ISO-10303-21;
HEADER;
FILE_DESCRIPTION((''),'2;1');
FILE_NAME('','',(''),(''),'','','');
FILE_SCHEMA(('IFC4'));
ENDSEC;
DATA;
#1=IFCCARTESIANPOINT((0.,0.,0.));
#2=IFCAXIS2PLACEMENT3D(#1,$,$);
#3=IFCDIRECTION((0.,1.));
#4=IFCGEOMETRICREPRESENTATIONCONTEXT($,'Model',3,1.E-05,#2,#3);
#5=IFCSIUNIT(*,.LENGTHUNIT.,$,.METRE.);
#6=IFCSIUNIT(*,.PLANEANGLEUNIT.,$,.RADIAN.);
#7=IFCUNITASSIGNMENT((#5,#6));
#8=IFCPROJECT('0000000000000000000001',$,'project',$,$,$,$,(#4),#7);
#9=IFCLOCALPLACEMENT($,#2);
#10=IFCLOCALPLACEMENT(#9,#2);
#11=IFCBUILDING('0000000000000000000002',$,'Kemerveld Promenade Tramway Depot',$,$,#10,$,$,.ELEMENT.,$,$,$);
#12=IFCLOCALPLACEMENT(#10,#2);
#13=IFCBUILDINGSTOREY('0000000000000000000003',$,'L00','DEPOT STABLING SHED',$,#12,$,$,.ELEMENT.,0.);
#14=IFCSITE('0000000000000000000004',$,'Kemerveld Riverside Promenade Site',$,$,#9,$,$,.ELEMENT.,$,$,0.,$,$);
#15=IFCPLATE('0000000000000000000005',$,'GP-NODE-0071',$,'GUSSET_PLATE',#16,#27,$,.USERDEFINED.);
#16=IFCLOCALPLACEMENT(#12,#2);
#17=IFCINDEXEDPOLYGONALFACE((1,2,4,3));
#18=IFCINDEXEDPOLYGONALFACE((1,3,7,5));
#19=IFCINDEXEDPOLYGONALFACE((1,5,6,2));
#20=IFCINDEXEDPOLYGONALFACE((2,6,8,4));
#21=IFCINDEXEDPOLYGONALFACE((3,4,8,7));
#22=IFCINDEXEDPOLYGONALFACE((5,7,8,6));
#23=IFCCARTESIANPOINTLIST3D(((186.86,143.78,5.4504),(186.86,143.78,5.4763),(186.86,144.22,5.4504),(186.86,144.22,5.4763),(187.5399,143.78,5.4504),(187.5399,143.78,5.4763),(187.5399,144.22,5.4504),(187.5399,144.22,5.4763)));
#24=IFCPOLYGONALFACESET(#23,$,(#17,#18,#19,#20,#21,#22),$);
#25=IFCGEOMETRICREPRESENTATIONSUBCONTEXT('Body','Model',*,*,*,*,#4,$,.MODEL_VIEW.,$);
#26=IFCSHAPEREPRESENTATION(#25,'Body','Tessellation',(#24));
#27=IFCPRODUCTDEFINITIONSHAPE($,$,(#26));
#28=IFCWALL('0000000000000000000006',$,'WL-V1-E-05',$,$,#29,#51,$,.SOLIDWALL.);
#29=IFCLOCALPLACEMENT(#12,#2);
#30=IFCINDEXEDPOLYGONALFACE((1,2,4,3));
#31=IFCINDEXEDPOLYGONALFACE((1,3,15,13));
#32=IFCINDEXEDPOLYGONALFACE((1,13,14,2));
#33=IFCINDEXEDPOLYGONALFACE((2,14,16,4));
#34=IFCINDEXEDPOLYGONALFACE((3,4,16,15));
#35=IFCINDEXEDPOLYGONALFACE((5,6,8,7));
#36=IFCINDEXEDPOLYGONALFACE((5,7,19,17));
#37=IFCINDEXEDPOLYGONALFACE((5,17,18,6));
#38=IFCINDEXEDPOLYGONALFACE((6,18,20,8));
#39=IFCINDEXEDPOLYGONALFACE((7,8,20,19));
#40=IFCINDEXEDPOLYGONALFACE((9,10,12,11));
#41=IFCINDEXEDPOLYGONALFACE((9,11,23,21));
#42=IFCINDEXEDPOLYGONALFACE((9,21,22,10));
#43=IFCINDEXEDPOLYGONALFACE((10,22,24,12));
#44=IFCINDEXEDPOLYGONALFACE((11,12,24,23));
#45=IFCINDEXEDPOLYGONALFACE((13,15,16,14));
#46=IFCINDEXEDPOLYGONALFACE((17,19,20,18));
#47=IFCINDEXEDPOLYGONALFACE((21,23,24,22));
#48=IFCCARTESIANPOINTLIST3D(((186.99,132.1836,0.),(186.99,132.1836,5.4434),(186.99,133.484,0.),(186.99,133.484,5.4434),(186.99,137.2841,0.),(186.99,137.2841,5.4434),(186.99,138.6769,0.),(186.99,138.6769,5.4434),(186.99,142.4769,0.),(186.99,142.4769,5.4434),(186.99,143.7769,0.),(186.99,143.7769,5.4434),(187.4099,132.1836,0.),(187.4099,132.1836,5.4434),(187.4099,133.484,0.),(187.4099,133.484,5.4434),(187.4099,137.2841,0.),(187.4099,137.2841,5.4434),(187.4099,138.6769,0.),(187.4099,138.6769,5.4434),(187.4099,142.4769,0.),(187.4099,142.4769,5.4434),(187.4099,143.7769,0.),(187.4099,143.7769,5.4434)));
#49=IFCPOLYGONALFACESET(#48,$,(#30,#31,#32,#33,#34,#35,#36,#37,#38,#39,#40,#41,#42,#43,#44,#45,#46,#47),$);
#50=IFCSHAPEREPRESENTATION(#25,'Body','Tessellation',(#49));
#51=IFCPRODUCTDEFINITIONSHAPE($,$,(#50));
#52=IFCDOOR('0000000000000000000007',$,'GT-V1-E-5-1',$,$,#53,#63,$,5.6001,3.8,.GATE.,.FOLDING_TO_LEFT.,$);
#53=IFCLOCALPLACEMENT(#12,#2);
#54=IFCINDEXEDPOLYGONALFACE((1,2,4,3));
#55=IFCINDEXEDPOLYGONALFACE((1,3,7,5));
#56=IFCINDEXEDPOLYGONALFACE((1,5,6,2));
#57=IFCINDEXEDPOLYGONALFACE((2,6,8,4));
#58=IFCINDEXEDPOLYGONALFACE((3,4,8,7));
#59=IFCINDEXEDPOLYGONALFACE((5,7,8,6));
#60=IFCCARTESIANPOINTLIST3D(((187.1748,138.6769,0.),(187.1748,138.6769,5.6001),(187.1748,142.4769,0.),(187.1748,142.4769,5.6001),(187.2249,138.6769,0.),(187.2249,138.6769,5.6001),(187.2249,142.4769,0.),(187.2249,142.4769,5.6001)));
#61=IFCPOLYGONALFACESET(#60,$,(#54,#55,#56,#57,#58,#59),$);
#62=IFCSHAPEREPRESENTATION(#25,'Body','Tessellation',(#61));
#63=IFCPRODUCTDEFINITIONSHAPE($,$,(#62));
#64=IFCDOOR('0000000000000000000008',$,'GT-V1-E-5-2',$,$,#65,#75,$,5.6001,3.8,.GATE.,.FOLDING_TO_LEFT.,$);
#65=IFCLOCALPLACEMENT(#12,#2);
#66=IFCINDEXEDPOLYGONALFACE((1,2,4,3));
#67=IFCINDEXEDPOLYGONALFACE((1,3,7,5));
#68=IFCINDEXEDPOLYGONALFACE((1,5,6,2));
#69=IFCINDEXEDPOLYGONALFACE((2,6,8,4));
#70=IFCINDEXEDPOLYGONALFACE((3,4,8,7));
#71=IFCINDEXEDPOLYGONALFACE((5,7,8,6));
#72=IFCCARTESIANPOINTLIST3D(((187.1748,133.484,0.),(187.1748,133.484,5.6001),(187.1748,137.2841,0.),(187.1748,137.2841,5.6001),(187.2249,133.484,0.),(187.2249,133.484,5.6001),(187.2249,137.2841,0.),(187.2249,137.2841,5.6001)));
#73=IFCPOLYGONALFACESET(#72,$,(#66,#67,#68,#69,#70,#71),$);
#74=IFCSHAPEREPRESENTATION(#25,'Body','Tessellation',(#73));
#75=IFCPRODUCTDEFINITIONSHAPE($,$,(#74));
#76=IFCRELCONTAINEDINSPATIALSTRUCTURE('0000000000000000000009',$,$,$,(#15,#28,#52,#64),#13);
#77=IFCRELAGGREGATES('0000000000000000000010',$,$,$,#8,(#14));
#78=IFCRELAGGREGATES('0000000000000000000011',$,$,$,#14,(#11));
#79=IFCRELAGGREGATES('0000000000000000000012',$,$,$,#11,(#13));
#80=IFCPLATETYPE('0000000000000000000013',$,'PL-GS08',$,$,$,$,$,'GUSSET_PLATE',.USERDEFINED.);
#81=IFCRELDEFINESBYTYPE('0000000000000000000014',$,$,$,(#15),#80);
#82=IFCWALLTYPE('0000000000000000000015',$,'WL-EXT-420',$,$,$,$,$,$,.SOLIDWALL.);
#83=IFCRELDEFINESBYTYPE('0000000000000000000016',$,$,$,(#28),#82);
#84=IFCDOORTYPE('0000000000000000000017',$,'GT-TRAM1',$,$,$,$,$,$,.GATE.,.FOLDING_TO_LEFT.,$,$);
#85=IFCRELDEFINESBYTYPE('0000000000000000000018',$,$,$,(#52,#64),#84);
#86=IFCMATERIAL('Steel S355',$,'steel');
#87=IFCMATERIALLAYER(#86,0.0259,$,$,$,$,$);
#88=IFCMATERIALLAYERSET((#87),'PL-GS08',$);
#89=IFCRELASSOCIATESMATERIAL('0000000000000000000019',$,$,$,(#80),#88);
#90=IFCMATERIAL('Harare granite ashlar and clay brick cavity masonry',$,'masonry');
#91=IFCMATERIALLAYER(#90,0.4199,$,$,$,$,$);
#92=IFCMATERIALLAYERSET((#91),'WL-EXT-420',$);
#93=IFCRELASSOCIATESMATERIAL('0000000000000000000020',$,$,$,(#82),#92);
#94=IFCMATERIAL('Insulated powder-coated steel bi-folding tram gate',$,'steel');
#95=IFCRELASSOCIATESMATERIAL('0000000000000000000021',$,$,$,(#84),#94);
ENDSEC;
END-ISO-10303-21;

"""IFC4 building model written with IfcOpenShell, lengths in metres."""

from ifc_helpers import new_model, si_unit, direction, frame, frame_2d, origin, origin_2d, place, context, subcontext, project, spatial, rectangle, extrude, material, layer, layer_set, type_object, element, fill, save


model = new_model("IFC4")

# Units and contexts
model_context = context("Model", 3, precision=1e-05, world=origin(), true_north=direction((0.0, 1.0)))
body_context = subcontext(model_context, "Body", "Model", "MODEL_VIEW")
ifc_project = project(units=[si_unit("LENGTHUNIT", "METRE"), si_unit("PLANEANGLEUNIT", "RADIAN")], contexts=[model_context])

# Site, building, storey
site_placement = place(None, origin())
site = spatial("IfcSite", under=ifc_project, at=site_placement, Name="Kemerveld Riverside Promenade Site", CompositionType="ELEMENT", RefElevation=0.0)
building_placement = place(site_placement, origin())
building = spatial("IfcBuilding", under=site, at=building_placement, Name="Kemerveld Promenade Tramway Depot", CompositionType="ELEMENT")
storey_placement = place(building_placement, origin())
storey = spatial("IfcBuildingStorey", under=building, at=storey_placement, Name="L00", Description="DEPOT STABLING SHED", CompositionType="ELEMENT", Elevation=0.0)

# Shared definitions
ifc_material_1 = material(Name="Steel S355", Category="steel")

# Plate
ifc_layer_1 = layer(ifc_material_1, 0.0259)
ifc_layer_set_1 = layer_set([ifc_layer_1], Name="PL-GS08")
plate_type_1 = type_object("IfcPlateType", Name="PL-GS08", ElementType="GUSSET_PLATE", PredefinedType="USERDEFINED", material=ifc_layer_set_1)
plate_1_placement = place(storey_placement, frame((187.2, 144.0, 5.4504), z_axis=(0.0, 0.0, 1.0), x_axis=(1.0, 0.0, 0.0)))
element("IfcPlate", 1, at=plate_1_placement, inside=storey, type_object=plate_type_1, Name="GP-NODE-0071", ObjectType="GUSSET_PLATE", PredefinedType="USERDEFINED", context=body_context, shape_type="SweptSolid", body=[
    extrude(rectangle(XDim=0.6799, YDim=0.4399, at=origin_2d()), origin(), (0.0, 0.0, 1.0), 0.0259),
])

# Wall, openings, doors
ifc_material_2 = material(Name="Harare granite ashlar and clay brick cavity masonry", Category="masonry")
ifc_layer_2 = layer(ifc_material_2, 0.4199)
ifc_layer_set_2 = layer_set([ifc_layer_2], Name="WL-EXT-420")
wall_type = type_object("IfcWallType", Name="WL-EXT-420", PredefinedType="SOLIDWALL", material=ifc_layer_set_2)
wall_placement = place(storey_placement, frame((187.2, 143.7769, 0.0), z_axis=(0.0, 0.0, 1.0), x_axis=(0.0, -1.0, 0.0)))
wall = element("IfcWall", 2, at=wall_placement, inside=storey, type_object=wall_type, Name="WL-V1-E-05", PredefinedType="SOLIDWALL", context=body_context, shape_type="SweptSolid", body=[
    extrude(rectangle(XDim=11.5933, YDim=0.4199, at=frame_2d((5.7966, 0.0))), origin(), (0.0, 0.0, 1.0), 5.4434),
])
opening_1_placement = place(wall_placement, frame((1.3, 0.0, 0.0)))
opening_1 = element("IfcOpeningElement", 3, at=opening_1_placement, cuts=wall, PredefinedType="OPENING", context=body_context, shape_type="SweptSolid", body=[
    extrude(rectangle(XDim=3.8, YDim=5.6001, at=frame_2d((1.8999, 2.8))), frame((0.0, 0.22, 0.0), z_axis=(0.0, -1.0, 0.0), x_axis=(1.0, 0.0, 0.0)), (0.0, 0.0, 1.0), 0.4399),
])
opening_2_placement = place(wall_placement, frame((6.4929, 0.0, 0.0)))
opening_2 = element("IfcOpeningElement", 4, at=opening_2_placement, cuts=wall, PredefinedType="OPENING", context=body_context, shape_type="SweptSolid", body=[
    extrude(rectangle(XDim=3.8, YDim=5.6001, at=frame_2d((1.8999, 2.8))), frame((0.0, 0.22, 0.0), z_axis=(0.0, -1.0, 0.0), x_axis=(1.0, 0.0, 0.0)), (0.0, 0.0, 1.0), 0.4399),
])
ifc_material_3 = material(Name="Insulated powder-coated steel bi-folding tram gate", Category="steel")
door_type = type_object("IfcDoorType", Name="GT-TRAM1", OperationType="FOLDING_TO_LEFT", PredefinedType="GATE", material=ifc_material_3)
door_1_placement = place(opening_1_placement, origin())
door_1 = element("IfcDoor", 5, at=door_1_placement, inside=storey, type_object=door_type, Name="GT-V1-E-5-1", OperationType="FOLDING_TO_LEFT", OverallHeight=5.6001, OverallWidth=3.8, PredefinedType="GATE", context=body_context, shape_type="SweptSolid", body=[
    extrude(rectangle(XDim=3.8, YDim=5.6001, at=frame_2d((1.8999, 2.8))), frame((0.0, 0.0249, 0.0), z_axis=(0.0, -1.0, 0.0), x_axis=(1.0, 0.0, 0.0)), (0.0, 0.0, 1.0), 0.05),
])
fill(opening_1, door_1)
door_2_placement = place(opening_2_placement, origin())
door_2 = element("IfcDoor", 6, at=door_2_placement, inside=storey, type_object=door_type, Name="GT-V1-E-5-2", OperationType="FOLDING_TO_LEFT", OverallHeight=5.6001, OverallWidth=3.8, PredefinedType="GATE", context=body_context, shape_type="SweptSolid", body=[
    extrude(rectangle(XDim=3.8, YDim=5.6001, at=frame_2d((1.8999, 2.8))), frame((0.0, 0.0249, 0.0), z_axis=(0.0, -1.0, 0.0), x_axis=(1.0, 0.0, 0.0)), (0.0, 0.0, 1.0), 0.05),
])
fill(opening_2, door_2)

save(model, "model.ifc")
